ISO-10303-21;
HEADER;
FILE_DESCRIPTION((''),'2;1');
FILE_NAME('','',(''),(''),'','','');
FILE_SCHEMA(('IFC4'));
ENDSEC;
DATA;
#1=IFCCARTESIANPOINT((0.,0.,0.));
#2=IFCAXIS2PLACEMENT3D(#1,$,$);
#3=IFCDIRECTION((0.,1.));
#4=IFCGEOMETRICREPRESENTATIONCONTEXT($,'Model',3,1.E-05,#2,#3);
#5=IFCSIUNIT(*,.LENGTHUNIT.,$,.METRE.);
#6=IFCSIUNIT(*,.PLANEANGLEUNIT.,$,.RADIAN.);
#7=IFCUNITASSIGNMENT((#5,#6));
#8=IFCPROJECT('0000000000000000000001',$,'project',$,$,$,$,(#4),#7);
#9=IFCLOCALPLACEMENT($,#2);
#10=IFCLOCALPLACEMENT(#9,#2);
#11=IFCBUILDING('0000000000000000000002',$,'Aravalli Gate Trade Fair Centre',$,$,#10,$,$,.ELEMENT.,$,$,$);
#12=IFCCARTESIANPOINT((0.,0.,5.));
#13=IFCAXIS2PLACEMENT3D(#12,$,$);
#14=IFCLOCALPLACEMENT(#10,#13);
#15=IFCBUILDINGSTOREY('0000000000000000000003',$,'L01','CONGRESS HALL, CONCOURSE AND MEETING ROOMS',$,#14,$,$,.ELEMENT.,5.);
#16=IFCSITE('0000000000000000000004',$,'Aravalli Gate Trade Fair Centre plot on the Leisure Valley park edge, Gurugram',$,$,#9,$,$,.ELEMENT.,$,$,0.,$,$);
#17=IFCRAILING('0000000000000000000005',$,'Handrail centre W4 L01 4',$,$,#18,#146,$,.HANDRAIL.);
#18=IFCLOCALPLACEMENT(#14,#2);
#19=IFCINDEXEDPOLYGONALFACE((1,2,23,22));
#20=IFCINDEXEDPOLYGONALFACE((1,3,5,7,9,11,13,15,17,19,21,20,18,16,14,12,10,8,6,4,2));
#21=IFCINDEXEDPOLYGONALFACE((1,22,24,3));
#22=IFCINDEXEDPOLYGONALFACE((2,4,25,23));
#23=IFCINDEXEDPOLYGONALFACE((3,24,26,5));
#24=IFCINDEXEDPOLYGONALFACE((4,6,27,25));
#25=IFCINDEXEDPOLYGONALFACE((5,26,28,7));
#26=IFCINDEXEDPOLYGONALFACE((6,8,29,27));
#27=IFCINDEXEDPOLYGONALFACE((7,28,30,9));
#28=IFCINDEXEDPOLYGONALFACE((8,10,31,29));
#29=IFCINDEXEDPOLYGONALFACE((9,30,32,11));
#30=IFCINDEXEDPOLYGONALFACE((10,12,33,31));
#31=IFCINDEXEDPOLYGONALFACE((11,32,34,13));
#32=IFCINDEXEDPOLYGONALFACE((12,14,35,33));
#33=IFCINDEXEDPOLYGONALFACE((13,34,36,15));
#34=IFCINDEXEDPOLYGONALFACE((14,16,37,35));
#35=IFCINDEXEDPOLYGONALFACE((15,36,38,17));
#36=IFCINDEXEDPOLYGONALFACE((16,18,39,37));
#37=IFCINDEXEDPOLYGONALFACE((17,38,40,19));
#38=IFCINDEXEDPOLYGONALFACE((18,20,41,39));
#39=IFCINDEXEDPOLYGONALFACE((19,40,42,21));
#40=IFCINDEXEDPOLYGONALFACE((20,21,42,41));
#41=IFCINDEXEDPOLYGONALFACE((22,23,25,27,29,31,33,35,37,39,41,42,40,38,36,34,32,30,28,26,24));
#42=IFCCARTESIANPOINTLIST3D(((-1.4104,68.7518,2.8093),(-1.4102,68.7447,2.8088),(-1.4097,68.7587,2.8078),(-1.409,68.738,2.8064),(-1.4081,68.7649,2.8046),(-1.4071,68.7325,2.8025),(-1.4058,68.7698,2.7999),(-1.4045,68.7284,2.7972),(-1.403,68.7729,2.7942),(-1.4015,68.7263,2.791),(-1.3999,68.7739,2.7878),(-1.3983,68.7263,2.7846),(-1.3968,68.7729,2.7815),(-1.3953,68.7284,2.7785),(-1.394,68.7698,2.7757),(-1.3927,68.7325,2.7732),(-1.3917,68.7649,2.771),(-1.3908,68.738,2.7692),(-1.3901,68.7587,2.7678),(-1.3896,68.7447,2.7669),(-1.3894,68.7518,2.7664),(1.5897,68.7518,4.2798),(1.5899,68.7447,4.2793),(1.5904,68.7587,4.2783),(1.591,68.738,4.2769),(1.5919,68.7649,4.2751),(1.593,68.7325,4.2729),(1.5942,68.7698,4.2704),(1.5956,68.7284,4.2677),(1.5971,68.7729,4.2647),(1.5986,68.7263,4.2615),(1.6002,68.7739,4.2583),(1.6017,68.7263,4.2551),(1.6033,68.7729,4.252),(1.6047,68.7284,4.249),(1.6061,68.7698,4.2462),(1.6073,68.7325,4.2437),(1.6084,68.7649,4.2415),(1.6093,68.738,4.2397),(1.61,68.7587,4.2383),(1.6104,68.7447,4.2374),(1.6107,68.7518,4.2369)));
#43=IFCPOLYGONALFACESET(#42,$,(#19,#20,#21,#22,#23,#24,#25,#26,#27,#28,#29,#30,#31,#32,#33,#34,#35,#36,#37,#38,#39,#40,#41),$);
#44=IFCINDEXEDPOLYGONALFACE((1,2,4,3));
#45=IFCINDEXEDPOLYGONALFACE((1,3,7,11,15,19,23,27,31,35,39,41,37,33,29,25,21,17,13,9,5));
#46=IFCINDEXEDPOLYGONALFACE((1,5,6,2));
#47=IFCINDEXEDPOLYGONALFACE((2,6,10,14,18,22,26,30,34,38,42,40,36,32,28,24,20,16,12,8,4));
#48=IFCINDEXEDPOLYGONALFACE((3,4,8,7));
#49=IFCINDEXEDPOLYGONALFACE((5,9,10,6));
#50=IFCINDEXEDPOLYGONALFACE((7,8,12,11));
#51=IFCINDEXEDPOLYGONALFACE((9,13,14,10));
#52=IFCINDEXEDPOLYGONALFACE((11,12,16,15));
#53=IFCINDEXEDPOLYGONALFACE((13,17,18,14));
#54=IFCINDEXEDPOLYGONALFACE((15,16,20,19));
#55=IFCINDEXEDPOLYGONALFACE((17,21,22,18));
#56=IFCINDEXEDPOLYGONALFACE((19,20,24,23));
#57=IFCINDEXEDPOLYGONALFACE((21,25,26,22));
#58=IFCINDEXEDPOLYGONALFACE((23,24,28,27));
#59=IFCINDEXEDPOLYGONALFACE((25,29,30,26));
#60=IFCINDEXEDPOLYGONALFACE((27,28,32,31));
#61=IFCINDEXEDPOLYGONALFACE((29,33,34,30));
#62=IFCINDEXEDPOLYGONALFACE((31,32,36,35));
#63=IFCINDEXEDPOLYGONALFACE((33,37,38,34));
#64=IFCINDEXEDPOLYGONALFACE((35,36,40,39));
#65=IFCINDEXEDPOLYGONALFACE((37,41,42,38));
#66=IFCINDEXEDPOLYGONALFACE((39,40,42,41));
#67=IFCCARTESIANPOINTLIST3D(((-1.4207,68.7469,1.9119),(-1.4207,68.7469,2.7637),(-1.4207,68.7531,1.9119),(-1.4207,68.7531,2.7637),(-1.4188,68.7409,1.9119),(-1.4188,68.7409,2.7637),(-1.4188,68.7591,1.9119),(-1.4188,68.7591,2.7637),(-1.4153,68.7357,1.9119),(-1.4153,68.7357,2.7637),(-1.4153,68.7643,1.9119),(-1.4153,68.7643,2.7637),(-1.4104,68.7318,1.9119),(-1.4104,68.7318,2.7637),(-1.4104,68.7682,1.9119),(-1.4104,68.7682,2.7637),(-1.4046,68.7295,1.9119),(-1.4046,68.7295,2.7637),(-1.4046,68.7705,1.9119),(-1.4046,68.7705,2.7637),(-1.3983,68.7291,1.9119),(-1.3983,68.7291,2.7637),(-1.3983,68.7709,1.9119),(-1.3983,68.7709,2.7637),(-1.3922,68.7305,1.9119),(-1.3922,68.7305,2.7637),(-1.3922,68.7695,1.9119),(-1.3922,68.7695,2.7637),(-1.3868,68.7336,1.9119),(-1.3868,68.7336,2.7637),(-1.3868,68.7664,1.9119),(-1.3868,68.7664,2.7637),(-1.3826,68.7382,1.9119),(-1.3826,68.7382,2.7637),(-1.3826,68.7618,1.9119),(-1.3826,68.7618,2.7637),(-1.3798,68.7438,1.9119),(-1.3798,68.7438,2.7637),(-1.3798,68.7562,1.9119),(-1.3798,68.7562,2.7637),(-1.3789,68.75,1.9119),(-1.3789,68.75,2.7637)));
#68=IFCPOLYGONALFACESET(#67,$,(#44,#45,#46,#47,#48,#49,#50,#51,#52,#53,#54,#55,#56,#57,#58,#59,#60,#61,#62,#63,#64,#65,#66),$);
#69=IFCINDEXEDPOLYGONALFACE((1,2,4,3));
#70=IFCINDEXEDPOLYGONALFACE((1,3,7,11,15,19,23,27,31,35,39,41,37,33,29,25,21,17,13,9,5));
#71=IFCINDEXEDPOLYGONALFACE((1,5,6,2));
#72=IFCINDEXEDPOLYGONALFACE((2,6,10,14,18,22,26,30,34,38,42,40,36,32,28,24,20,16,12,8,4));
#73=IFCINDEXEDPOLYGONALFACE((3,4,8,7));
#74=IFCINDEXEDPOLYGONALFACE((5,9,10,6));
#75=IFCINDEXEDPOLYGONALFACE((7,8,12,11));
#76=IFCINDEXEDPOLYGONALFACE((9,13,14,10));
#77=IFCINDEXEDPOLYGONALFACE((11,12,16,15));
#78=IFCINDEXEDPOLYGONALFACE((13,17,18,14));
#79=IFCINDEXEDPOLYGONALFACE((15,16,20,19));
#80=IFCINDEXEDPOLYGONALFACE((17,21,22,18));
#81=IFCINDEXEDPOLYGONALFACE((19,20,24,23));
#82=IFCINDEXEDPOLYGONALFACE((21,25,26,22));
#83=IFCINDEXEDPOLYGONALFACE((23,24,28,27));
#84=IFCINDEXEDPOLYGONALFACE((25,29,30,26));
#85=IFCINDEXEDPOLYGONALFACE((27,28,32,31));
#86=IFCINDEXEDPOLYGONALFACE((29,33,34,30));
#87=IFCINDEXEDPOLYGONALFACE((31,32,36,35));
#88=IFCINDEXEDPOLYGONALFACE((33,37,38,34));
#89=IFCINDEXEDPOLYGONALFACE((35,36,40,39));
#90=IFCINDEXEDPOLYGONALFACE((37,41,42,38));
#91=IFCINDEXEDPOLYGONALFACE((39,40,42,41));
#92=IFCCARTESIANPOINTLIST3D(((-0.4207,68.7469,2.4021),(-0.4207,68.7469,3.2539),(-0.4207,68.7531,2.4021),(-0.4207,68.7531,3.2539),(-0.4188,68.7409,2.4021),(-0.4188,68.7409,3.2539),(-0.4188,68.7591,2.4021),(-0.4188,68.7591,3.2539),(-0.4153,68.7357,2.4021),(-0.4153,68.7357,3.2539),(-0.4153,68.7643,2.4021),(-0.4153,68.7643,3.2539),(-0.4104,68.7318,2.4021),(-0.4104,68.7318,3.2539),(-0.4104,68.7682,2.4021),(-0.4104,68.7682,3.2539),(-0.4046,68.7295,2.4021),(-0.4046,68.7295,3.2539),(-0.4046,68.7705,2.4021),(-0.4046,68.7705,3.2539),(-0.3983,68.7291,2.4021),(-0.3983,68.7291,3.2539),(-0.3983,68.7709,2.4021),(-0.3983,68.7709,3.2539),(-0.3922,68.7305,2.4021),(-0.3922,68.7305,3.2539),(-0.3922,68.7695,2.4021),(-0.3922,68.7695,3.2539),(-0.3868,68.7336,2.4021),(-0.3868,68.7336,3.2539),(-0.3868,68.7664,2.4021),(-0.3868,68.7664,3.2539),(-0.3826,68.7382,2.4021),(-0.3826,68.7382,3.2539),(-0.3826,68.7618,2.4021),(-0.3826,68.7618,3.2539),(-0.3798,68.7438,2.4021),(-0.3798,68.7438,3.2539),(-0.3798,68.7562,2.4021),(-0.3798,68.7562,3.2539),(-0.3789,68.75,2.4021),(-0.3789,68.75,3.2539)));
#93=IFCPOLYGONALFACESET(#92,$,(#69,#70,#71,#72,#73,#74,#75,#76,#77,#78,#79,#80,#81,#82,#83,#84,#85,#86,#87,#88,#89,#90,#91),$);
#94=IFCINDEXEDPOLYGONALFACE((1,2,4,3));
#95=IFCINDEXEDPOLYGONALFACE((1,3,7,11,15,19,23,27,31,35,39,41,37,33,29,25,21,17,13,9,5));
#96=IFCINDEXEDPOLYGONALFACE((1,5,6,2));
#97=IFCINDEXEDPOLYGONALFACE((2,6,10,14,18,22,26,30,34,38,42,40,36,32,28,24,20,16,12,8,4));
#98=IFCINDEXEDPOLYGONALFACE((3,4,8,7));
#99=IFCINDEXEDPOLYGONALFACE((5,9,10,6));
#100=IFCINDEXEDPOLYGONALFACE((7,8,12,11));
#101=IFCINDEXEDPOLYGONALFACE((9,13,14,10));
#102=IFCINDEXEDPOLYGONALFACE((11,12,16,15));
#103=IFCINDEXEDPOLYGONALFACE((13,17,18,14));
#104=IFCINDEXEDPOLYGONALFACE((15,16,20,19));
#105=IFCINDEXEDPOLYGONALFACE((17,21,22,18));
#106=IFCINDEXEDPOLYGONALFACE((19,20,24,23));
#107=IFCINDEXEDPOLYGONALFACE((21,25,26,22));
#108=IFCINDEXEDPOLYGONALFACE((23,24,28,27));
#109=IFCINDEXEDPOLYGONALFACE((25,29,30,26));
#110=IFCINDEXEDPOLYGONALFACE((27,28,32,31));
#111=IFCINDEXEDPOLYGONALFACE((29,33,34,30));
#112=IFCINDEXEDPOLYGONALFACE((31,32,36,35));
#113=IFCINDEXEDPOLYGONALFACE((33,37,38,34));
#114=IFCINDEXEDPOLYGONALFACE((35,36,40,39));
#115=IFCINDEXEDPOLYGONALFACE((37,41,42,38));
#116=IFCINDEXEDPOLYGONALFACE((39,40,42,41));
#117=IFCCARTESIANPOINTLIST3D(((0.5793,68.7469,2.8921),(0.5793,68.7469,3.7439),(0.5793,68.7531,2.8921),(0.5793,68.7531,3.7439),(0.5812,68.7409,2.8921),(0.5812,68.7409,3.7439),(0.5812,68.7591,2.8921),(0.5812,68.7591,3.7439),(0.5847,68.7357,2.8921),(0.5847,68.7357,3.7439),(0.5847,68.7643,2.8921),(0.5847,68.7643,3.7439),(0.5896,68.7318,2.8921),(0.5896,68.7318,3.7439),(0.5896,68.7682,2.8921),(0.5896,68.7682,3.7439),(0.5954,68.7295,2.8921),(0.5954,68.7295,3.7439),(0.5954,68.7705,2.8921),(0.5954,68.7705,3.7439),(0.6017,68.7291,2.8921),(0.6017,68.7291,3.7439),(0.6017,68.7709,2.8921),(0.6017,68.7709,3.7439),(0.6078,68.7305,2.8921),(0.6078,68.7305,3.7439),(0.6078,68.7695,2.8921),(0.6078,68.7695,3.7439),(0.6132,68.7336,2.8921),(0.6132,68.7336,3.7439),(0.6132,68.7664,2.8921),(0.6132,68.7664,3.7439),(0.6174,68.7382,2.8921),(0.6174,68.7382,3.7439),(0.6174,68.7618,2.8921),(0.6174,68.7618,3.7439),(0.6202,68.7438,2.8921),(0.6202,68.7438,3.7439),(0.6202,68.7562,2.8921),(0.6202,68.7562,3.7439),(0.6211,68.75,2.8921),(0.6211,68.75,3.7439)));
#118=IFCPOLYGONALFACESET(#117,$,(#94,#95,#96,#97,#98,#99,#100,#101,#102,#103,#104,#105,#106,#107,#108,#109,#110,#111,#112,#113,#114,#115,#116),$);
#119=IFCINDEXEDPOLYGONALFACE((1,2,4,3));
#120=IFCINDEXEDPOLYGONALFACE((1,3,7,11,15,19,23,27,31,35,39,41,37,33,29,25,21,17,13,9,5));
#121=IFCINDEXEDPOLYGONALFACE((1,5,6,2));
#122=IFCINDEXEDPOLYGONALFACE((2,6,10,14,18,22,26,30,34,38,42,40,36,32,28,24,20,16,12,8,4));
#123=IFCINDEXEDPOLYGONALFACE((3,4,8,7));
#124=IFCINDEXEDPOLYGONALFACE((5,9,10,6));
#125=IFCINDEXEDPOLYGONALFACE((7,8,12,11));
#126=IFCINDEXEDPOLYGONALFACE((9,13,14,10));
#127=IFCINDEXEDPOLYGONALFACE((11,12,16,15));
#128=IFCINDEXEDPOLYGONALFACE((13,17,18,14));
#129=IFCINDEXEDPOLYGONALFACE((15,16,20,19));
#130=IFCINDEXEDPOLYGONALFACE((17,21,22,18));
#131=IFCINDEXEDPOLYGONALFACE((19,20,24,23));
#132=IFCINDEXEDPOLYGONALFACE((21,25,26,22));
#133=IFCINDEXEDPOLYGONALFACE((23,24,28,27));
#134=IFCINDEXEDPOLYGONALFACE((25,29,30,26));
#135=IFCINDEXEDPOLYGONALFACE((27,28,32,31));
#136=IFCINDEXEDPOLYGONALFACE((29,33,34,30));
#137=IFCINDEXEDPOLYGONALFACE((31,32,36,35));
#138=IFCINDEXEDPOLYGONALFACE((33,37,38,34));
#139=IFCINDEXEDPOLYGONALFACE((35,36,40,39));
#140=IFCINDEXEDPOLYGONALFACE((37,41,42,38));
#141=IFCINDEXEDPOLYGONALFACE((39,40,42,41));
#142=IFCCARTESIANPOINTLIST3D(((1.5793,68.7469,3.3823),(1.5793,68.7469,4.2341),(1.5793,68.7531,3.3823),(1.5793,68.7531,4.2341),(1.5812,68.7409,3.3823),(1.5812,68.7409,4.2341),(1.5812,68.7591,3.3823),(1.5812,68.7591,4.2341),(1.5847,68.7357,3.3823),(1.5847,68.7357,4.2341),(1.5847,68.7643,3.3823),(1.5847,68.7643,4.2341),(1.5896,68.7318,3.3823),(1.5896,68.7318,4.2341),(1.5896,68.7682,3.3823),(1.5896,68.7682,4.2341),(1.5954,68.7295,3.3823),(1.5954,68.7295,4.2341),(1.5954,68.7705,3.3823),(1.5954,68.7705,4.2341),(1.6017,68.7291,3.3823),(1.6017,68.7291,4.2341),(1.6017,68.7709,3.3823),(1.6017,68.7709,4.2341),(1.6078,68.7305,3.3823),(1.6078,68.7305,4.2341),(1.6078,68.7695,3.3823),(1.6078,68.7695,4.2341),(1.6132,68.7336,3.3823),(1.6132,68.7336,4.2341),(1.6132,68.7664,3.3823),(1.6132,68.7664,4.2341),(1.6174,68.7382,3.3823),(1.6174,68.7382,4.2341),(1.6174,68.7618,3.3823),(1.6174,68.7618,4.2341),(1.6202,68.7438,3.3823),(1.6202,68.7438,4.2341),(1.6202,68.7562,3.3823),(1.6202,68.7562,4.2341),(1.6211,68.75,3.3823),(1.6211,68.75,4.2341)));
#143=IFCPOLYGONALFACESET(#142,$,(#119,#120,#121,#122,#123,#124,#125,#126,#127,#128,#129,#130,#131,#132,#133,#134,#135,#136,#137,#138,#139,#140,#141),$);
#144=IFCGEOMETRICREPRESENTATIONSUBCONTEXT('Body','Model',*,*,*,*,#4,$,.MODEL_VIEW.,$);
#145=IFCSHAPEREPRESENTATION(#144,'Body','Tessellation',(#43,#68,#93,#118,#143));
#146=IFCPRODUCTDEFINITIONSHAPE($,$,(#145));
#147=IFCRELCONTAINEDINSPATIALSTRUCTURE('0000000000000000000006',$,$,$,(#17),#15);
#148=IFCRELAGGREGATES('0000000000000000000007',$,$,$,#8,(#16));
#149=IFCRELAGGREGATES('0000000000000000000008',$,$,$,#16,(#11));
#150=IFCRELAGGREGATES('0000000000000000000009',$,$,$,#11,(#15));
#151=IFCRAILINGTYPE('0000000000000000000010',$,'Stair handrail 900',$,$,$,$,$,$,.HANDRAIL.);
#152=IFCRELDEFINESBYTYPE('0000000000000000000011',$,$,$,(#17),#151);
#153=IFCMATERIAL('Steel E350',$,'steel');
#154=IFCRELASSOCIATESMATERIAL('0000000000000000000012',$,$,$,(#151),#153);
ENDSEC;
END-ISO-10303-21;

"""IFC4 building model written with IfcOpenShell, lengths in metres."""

from ifc_helpers import new_model, si_unit, direction, frame, origin, origin_2d, place, context, subcontext, project, spatial, circle, extrude, material, type_object, element, save


model = new_model("IFC4")

# Units and contexts
model_context = context("Model", 3, precision=1e-05, world=origin(), true_north=direction((0.0, 1.0)))
body_context = subcontext(model_context, "Body", "Model", "MODEL_VIEW")
ifc_project = project(units=[si_unit("LENGTHUNIT", "METRE"), si_unit("PLANEANGLEUNIT", "RADIAN")], contexts=[model_context])

# Site, building, storey
site_placement = place(None, origin())
site = spatial("IfcSite", under=ifc_project, at=site_placement, Name="Aravalli Gate Trade Fair Centre plot on the Leisure Valley park edge, Gurugram", CompositionType="ELEMENT", RefElevation=0.0)
building_placement = place(site_placement, origin())
building = spatial("IfcBuilding", under=site, at=building_placement, Name="Aravalli Gate Trade Fair Centre", CompositionType="ELEMENT")
storey_placement = place(building_placement, frame((0.0, 0.0, 5.0)))
storey = spatial("IfcBuildingStorey", under=building, at=storey_placement, Name="L01", Description="CONGRESS HALL, CONCOURSE AND MEETING ROOMS", CompositionType="ELEMENT", Elevation=5.0)

# Railing
ifc_material_1 = material(Name="Steel E350", Category="steel")
railing_type = type_object("IfcRailingType", Name="Stair handrail 900", PredefinedType="HANDRAIL", material=ifc_material_1)
for number, where, name in (
    (1, (-1.3999, 68.75, 1.9119), "Handrail centre W4 L01 4"),
):
    element("IfcRailing", number, at=place(storey_placement, frame(where)), inside=storey, type_object=railing_type, Name=name, PredefinedType="HANDRAIL", context=body_context, shape_type="SweptSolid", body=[
        extrude(circle(Radius=0.0239, at=origin_2d()), frame((0.0, 0.0, 0.876), z_axis=(0.897936, 0.0, 0.440126), x_axis=(0.0, 1.0, 0.0)), (0.0, 0.0, 1.0), 3.3411),
        extrude(circle(Radius=0.021, at=origin_2d()), origin(), (0.0, 0.0, 1.0), 0.8518),
        extrude(circle(Radius=0.021, at=origin_2d()), frame((1.0, 0.0, 0.4902)), (0.0, 0.0, 1.0), 0.8518),
        extrude(circle(Radius=0.021, at=origin_2d()), frame((2.0, 0.0, 0.9802)), (0.0, 0.0, 1.0), 0.8518),
        extrude(circle(Radius=0.021, at=origin_2d()), frame((3.0, 0.0, 1.4705)), (0.0, 0.0, 1.0), 0.8518),
    ])

save(model, "model.ifc")
